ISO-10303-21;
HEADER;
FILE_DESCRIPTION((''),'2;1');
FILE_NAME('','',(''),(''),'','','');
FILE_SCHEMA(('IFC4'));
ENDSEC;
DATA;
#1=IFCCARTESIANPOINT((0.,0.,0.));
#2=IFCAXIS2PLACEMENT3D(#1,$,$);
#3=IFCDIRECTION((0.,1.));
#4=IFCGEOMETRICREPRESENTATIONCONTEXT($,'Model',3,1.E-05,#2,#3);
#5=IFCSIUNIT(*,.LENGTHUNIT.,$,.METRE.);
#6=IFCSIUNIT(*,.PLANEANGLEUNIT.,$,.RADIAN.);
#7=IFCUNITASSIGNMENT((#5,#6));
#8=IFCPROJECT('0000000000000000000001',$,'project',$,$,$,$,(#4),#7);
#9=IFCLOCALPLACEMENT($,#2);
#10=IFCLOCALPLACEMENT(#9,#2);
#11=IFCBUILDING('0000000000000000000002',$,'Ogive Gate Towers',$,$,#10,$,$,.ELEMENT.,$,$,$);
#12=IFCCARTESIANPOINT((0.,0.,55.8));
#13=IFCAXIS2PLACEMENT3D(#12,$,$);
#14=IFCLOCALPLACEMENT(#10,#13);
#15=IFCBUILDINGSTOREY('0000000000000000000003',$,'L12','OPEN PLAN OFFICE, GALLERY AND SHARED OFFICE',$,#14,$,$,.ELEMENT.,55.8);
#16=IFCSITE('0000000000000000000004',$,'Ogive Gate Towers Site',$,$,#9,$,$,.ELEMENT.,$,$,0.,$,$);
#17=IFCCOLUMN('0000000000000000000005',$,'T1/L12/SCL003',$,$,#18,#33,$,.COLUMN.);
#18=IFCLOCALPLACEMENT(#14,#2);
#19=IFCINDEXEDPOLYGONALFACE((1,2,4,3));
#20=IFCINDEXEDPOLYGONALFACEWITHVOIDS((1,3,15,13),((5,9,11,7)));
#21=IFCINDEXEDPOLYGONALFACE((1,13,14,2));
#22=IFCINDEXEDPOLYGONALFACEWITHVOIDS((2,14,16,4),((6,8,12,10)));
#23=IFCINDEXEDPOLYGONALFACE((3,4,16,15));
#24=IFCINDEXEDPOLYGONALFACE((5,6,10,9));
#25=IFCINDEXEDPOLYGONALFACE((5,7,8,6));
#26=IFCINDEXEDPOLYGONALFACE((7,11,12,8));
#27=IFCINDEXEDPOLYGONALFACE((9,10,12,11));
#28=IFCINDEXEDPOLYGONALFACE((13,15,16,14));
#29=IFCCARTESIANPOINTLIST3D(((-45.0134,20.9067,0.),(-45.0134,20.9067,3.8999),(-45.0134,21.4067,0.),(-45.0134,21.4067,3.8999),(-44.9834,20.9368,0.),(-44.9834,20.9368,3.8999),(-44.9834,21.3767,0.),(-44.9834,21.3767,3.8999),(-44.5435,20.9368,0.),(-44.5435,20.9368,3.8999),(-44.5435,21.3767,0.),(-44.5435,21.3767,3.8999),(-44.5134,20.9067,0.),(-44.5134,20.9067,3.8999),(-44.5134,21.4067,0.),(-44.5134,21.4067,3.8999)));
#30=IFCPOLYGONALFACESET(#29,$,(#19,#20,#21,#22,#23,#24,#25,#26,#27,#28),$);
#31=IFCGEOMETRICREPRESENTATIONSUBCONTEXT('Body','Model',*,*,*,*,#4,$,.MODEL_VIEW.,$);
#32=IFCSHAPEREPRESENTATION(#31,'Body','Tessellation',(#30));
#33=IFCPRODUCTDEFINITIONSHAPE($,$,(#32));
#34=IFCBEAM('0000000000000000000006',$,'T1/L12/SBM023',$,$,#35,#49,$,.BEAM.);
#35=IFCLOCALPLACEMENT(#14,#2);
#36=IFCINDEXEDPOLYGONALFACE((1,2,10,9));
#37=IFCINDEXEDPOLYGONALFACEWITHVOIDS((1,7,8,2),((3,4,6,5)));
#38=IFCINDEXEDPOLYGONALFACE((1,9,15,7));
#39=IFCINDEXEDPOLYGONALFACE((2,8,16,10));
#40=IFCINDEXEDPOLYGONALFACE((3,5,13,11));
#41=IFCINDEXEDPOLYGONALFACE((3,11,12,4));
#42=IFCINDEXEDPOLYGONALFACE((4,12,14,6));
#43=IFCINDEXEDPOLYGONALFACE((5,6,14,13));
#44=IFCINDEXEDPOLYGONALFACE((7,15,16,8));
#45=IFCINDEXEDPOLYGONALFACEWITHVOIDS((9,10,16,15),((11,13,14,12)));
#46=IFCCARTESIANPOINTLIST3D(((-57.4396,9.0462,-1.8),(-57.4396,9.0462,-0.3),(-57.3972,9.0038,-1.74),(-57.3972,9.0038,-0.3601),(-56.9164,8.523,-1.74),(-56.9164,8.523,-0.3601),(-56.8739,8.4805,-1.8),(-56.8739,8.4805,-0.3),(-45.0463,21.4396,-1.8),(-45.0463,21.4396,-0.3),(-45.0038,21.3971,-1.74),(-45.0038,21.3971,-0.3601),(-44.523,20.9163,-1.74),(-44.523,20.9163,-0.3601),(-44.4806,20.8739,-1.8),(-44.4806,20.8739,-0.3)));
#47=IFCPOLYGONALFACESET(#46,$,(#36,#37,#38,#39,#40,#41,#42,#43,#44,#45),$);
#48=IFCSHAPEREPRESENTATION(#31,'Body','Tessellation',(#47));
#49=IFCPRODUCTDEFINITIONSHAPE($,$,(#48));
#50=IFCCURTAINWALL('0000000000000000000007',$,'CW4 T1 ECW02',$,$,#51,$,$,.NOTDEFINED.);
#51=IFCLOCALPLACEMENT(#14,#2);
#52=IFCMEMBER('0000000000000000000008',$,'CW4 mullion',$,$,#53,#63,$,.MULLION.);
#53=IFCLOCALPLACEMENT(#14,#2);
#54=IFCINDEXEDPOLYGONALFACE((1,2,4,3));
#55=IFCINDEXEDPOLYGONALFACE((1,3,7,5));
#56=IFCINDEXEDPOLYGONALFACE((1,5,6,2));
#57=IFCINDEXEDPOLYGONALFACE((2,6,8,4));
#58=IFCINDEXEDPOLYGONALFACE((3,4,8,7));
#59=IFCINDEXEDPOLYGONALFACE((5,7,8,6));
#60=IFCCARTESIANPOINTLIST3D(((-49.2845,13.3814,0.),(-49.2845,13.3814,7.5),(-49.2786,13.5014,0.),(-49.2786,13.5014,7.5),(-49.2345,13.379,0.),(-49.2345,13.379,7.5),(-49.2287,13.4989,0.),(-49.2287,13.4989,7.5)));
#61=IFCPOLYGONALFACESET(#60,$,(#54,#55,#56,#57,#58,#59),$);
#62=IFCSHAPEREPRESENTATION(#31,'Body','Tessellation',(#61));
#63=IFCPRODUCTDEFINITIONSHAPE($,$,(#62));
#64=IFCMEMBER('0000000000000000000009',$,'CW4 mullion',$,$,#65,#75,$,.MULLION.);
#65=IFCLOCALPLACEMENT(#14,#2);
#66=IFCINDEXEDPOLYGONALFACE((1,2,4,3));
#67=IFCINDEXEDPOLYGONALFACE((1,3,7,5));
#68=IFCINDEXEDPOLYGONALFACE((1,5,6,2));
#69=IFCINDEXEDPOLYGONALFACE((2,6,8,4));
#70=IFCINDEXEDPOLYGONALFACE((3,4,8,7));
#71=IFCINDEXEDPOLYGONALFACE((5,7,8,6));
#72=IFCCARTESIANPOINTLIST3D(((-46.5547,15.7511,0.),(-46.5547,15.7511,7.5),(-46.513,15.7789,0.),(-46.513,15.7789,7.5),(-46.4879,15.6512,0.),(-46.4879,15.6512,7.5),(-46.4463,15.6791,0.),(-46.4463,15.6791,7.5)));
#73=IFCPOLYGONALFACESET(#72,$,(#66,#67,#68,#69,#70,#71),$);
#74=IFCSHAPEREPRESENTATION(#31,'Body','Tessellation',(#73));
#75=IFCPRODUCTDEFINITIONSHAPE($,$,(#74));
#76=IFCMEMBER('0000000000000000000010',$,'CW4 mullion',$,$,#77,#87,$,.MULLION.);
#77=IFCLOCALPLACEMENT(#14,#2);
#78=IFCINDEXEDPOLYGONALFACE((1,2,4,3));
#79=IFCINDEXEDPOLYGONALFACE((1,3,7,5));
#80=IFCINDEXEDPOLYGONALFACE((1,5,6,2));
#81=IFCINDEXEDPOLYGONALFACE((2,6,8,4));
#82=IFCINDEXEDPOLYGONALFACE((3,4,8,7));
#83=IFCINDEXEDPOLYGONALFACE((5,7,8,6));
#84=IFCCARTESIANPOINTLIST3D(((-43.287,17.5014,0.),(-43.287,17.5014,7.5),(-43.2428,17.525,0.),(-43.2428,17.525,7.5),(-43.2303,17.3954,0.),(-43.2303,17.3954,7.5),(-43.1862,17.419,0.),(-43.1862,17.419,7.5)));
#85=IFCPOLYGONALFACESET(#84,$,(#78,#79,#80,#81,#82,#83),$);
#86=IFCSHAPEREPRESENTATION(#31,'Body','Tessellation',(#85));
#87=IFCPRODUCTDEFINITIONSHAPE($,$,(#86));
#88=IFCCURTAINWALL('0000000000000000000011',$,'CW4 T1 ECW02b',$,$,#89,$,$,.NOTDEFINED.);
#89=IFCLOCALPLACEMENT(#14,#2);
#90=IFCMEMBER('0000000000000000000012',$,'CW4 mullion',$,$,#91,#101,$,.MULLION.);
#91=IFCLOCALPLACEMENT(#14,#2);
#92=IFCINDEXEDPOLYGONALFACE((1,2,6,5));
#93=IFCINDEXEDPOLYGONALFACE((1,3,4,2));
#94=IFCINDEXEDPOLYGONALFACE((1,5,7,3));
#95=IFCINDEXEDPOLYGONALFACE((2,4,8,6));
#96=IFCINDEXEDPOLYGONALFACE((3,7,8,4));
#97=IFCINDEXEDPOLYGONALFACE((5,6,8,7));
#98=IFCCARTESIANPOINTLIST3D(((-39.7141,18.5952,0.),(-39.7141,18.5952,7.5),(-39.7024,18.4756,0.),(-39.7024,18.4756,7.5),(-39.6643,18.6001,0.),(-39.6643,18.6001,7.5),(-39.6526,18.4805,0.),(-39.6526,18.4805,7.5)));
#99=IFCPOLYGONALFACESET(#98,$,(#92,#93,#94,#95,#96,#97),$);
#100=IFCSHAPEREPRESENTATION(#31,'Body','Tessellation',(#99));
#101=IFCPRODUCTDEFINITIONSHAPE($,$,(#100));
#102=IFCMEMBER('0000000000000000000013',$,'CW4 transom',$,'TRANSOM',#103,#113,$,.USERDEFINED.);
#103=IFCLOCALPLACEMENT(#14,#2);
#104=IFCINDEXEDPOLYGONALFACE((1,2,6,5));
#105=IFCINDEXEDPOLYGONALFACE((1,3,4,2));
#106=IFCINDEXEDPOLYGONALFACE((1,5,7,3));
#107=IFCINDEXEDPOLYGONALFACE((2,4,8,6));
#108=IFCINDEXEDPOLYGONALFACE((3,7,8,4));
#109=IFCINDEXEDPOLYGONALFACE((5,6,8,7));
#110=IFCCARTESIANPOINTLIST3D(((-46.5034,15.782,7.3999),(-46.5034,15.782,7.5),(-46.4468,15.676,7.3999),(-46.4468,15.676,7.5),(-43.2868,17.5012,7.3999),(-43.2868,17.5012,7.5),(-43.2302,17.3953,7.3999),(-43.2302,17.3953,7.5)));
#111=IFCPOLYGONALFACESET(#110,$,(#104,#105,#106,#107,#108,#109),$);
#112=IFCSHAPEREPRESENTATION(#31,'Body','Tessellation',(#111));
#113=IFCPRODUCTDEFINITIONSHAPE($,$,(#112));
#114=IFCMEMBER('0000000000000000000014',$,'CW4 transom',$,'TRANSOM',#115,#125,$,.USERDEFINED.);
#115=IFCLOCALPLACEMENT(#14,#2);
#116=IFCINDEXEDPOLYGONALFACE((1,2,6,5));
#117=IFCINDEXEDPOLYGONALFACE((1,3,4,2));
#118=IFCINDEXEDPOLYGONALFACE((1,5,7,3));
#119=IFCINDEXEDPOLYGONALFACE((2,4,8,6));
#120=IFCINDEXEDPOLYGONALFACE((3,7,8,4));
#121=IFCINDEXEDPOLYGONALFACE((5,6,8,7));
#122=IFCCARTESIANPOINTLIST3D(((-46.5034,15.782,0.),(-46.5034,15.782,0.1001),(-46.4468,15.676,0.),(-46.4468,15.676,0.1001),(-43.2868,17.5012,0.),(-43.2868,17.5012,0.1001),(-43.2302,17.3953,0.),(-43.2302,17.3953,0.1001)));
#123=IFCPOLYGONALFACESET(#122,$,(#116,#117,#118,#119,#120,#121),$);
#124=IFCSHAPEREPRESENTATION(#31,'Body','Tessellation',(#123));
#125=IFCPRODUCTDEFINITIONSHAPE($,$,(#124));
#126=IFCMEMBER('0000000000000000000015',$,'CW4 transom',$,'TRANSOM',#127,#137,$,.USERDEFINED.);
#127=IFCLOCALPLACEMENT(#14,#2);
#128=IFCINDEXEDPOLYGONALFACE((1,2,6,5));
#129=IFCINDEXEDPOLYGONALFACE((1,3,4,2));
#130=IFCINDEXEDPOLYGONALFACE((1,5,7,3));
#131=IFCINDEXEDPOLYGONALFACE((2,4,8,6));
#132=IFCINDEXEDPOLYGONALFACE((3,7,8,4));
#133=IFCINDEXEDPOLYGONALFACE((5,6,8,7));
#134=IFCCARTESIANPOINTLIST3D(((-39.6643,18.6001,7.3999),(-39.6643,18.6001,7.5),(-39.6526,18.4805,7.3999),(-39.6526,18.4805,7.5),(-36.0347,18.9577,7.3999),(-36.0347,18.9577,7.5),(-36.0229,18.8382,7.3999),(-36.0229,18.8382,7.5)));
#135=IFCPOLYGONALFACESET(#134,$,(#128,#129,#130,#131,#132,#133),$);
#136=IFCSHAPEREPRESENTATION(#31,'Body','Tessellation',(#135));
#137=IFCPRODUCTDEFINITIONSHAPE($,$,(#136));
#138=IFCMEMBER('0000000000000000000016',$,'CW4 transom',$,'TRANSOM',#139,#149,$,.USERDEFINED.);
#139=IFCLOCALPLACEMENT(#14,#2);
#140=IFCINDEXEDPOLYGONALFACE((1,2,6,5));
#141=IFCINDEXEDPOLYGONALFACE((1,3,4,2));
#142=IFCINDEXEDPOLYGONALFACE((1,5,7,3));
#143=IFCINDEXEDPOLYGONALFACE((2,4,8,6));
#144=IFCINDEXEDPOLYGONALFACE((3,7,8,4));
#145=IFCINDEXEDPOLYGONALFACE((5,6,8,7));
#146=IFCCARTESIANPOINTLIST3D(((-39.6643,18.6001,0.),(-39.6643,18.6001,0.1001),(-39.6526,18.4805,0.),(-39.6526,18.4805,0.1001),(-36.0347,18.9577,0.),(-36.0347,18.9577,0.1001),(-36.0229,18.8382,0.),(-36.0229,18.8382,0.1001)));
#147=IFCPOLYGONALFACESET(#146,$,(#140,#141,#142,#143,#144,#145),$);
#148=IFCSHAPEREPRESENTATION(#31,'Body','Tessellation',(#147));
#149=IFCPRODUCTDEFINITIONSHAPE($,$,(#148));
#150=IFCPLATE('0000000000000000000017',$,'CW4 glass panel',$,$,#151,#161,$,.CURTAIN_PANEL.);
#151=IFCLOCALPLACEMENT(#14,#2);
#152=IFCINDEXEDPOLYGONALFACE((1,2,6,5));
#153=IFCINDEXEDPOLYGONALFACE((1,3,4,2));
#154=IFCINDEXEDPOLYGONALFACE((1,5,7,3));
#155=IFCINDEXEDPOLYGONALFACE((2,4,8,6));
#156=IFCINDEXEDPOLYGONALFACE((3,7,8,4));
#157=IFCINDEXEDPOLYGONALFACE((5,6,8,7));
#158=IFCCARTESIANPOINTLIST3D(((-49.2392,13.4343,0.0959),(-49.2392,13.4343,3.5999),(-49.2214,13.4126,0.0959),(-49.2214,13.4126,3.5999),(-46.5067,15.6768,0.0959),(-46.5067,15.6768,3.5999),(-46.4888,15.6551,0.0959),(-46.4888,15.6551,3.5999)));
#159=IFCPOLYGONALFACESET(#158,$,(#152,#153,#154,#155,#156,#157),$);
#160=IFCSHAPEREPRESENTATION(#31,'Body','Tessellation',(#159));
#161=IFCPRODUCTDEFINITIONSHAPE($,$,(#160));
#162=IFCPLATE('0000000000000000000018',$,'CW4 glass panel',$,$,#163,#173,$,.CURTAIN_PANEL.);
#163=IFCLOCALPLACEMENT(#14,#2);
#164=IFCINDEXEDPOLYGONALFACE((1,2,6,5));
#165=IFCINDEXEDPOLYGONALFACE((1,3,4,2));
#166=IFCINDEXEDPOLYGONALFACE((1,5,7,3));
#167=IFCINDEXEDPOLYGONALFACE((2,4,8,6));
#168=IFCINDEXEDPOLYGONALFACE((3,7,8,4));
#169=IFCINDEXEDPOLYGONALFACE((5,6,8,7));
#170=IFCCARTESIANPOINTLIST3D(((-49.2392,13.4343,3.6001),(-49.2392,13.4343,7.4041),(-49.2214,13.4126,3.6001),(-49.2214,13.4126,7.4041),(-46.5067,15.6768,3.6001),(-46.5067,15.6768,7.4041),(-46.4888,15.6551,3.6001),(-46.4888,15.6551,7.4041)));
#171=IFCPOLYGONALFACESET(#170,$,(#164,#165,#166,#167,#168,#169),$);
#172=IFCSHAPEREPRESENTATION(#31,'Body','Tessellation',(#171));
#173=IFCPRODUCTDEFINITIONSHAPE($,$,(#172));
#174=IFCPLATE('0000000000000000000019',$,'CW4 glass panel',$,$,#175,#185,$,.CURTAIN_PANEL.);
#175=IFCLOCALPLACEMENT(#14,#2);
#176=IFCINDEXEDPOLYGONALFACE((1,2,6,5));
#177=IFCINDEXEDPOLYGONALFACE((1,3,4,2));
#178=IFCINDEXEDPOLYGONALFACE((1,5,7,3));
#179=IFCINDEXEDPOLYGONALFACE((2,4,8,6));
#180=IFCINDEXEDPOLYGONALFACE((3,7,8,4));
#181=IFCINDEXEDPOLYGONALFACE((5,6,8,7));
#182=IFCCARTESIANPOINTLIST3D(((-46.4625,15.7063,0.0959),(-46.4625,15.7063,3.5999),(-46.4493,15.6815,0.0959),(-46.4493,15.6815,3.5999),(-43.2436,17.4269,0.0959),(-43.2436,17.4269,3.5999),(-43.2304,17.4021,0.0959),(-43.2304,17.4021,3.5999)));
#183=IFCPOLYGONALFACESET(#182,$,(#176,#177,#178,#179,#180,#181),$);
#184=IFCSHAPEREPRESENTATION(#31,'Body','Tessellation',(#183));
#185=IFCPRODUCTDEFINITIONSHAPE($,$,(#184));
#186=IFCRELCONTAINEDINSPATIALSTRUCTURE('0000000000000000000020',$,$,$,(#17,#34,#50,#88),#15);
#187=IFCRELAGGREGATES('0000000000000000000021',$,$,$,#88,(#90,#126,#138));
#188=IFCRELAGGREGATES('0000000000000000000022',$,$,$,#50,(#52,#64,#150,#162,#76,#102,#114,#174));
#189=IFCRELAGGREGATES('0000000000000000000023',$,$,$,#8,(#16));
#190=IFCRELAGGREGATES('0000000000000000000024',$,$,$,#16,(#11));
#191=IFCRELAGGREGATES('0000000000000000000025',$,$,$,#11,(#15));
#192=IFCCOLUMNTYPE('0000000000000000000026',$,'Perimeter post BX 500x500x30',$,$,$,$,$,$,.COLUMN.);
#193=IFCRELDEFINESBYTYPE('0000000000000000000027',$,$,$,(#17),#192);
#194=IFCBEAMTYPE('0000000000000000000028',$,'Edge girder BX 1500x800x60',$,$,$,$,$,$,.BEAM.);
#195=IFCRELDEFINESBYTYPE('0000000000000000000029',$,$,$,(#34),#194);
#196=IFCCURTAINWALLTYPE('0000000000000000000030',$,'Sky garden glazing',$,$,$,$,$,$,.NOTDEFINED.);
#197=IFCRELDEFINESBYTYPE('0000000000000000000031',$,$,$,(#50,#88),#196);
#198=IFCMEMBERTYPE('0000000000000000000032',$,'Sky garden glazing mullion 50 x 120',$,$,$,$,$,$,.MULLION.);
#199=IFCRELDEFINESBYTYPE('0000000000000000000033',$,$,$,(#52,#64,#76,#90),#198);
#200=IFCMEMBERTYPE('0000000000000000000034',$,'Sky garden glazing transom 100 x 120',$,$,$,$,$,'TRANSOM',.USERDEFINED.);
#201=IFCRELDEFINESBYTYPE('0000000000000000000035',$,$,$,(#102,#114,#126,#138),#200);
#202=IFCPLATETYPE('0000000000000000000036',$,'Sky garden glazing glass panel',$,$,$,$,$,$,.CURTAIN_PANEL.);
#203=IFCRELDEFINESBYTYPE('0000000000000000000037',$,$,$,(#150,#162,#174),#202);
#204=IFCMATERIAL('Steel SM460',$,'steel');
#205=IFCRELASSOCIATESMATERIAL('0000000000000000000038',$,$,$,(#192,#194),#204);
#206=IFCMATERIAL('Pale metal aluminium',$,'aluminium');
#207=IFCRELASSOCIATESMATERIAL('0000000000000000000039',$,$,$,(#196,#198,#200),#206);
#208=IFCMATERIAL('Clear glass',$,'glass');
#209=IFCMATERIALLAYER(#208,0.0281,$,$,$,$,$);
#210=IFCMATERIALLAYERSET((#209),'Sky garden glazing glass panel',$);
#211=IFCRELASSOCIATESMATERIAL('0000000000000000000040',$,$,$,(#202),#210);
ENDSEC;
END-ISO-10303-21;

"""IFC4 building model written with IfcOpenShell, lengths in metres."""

from ifc_helpers import new_model, si_unit, direction, frame, origin, origin_2d, place, context, subcontext, project, spatial, rectangle, hollow_rectangle, extrude, material, layer, layer_set, material_profile, profile_set, type_object, element, aggregate, save


model = new_model("IFC4")

# Units and contexts
model_context = context("Model", 3, precision=1e-05, world=origin(), true_north=direction((0.0, 1.0)))
body_context = subcontext(model_context, "Body", "Model", "MODEL_VIEW")
ifc_project = project(units=[si_unit("LENGTHUNIT", "METRE"), si_unit("PLANEANGLEUNIT", "RADIAN")], contexts=[model_context])

# Site, building, storey
site_placement = place(None, origin())
site = spatial("IfcSite", under=ifc_project, at=site_placement, Name="Ogive Gate Towers Site", CompositionType="ELEMENT", RefElevation=0.0)
building_placement = place(site_placement, origin())
building = spatial("IfcBuilding", under=site, at=building_placement, Name="Ogive Gate Towers", CompositionType="ELEMENT")
storey_placement = place(building_placement, frame((0.0, 0.0, 55.8)))
storey = spatial("IfcBuildingStorey", under=building, at=storey_placement, Name="L12", Description="OPEN PLAN OFFICE, GALLERY AND SHARED OFFICE", CompositionType="ELEMENT", Elevation=55.8)

# Column
ifc_material_1 = material(Name="Steel SM460", Category="steel")
ifc_material_profile_1 = material_profile(ifc_material_1, hollow_rectangle(XDim=0.5, YDim=0.5, WallThickness=0.03, at=origin_2d()), Name="BX 500x500x30")
ifc_profile_set_1 = profile_set([ifc_material_profile_1], Name="Steel SM460")
column_type = type_object("IfcColumnType", Name="Perimeter post BX 500x500x30", PredefinedType="COLUMN", material=ifc_profile_set_1)
column_placement = place(storey_placement, frame((-44.7634, 21.1567, 0.0), z_axis=(0.0, 0.0, 1.0), x_axis=(1.0, 0.0, 0.0)))
element("IfcColumn", 1, at=column_placement, inside=storey, type_object=column_type, Name="T1/L12/SCL003", PredefinedType="COLUMN", context=body_context, shape_type="SweptSolid", body=[
    extrude(hollow_rectangle(XDim=0.5, YDim=0.5, WallThickness=0.03, at=origin_2d()), origin(), (0.0, 0.0, 1.0), 3.8999),
])

# Beam
ifc_material_profile_2 = material_profile(ifc_material_1, hollow_rectangle(XDim=0.8, YDim=1.5, WallThickness=0.0601, at=origin_2d()), Name="BX 1500x800x60")
ifc_profile_set_2 = profile_set([ifc_material_profile_2], Name="Steel SM460")
beam_type = type_object("IfcBeamType", Name="Edge girder BX 1500x800x60", PredefinedType="BEAM", material=ifc_profile_set_2)
beam_placement = place(storey_placement, frame((-44.7634, 21.1567, -1.05), z_axis=(-0.707107, -0.707107, 0.0), x_axis=(0.707107, -0.707107, 0.0)))
element("IfcBeam", 2, at=beam_placement, inside=storey, type_object=beam_type, Name="T1/L12/SBM023", PredefinedType="BEAM", context=body_context, shape_type="SweptSolid", body=[
    extrude(hollow_rectangle(XDim=0.8, YDim=1.5, WallThickness=0.0601, at=origin_2d()), origin(), (0.0, 0.0, 1.0), 17.5269),
])

# Curtain wall, members
ifc_material_2 = material(Name="Pale metal aluminium", Category="aluminium")
curtain_wall_type = type_object("IfcCurtainWallType", Name="Sky garden glazing", PredefinedType="NOTDEFINED", material=ifc_material_2)
curtain_wall_1_placement = place(storey_placement, origin())
curtain_wall_1 = element("IfcCurtainWall", 3, at=curtain_wall_1_placement, inside=storey, type_object=curtain_wall_type, Name="CW4 T1 ECW02", PredefinedType="NOTDEFINED")
ifc_material_profile_3 = material_profile(ifc_material_2, rectangle(XDim=0.1201, YDim=0.05, at=origin_2d()), Name="50 x 120 aluminium box")
ifc_profile_set_3 = profile_set([ifc_material_profile_3], Name="Pale metal aluminium")
member_type_1 = type_object("IfcMemberType", Name="Sky garden glazing mullion 50 x 120", PredefinedType="MULLION", material=ifc_profile_set_3)
member_1_placement = place(storey_placement, frame((-49.2566, 13.4402, 0.0), z_axis=(0.0, 0.0, 1.0), x_axis=(-0.049076, -0.998795, 0.0)))
member_1 = element("IfcMember", 4, at=member_1_placement, type_object=member_type_1, Name="CW4 mullion", PredefinedType="MULLION", context=body_context, shape_type="SweptSolid", body=[
    extrude(rectangle(XDim=0.1201, YDim=0.05, at=origin_2d()), origin(), (0.0, 0.0, 1.0), 7.5),
])
member_2_placement = place(storey_placement, frame((-46.5005, 15.7151, 0.0), z_axis=(0.0, 0.0, 1.0), x_axis=(0.55557, -0.83147, 0.0)))
member_2 = element("IfcMember", 5, at=member_2_placement, type_object=member_type_1, Name="CW4 mullion", PredefinedType="MULLION", context=body_context, shape_type="SweptSolid", body=[
    extrude(rectangle(XDim=0.1201, YDim=0.05, at=origin_2d()), origin(), (0.0, 0.0, 1.0), 7.5),
])
member_3_placement = place(storey_placement, frame((-43.2366, 17.4602, 0.0), z_axis=(0.0, 0.0, 1.0), x_axis=(0.471397, -0.881921, 0.0)))
member_3 = element("IfcMember", 6, at=member_3_placement, type_object=member_type_1, Name="CW4 mullion", PredefinedType="MULLION", context=body_context, shape_type="SweptSolid", body=[
    extrude(rectangle(XDim=0.1201, YDim=0.05, at=origin_2d()), origin(), (0.0, 0.0, 1.0), 7.5),
])

# Curtain wall, member
curtain_wall_2_placement = place(storey_placement, origin())
curtain_wall_2 = element("IfcCurtainWall", 7, at=curtain_wall_2_placement, inside=storey, type_object=curtain_wall_type, Name="CW4 T1 ECW02b", PredefinedType="NOTDEFINED")
member_4_placement = place(storey_placement, frame((-39.6833, 18.5378, 0.0), z_axis=(0.0, 0.0, 1.0), x_axis=(0.098017, -0.995185, 0.0)))
member_4 = element("IfcMember", 8, at=member_4_placement, type_object=member_type_1, Name="CW4 mullion", PredefinedType="MULLION", context=body_context, shape_type="SweptSolid", body=[
    extrude(rectangle(XDim=0.1201, YDim=0.05, at=origin_2d()), origin(), (0.0, 0.0, 1.0), 7.5),
])

# Members
ifc_material_profile_4 = material_profile(ifc_material_2, rectangle(XDim=0.1201, YDim=0.1001, at=origin_2d()), Name="100 x 120 aluminium box")
ifc_profile_set_4 = profile_set([ifc_material_profile_4], Name="Pale metal aluminium")
member_type_2 = type_object("IfcMemberType", Name="Sky garden glazing transom 100 x 120", ElementType="TRANSOM", PredefinedType="USERDEFINED", material=ifc_profile_set_4)
member_5_placement = place(storey_placement, frame((-46.4751, 15.729, 7.45), z_axis=(0.881926, 0.471387, 0.0), x_axis=(-0.471387, 0.881926, 0.0)))
member_5 = element("IfcMember", 9, at=member_5_placement, type_object=member_type_2, Name="CW4 transom", ObjectType="TRANSOM", PredefinedType="USERDEFINED", context=body_context, shape_type="SweptSolid", body=[
    extrude(rectangle(XDim=0.1201, YDim=0.1001, at=origin_2d()), origin(), (0.0, 0.0, 1.0), 3.6472),
])
member_6_placement = place(storey_placement, frame((-46.4751, 15.729, 0.05), z_axis=(0.881926, 0.471387, 0.0), x_axis=(-0.471387, 0.881926, 0.0)))
member_6 = element("IfcMember", 10, at=member_6_placement, type_object=member_type_2, Name="CW4 transom", ObjectType="TRANSOM", PredefinedType="USERDEFINED", context=body_context, shape_type="SweptSolid", body=[
    extrude(rectangle(XDim=0.1201, YDim=0.1001, at=origin_2d()), origin(), (0.0, 0.0, 1.0), 3.6472),
])
member_7_placement = place(storey_placement, frame((-39.6584, 18.5403, 7.45), z_axis=(0.99518, 0.098065, 0.0), x_axis=(-0.098065, 0.99518, 0.0)))
member_7 = element("IfcMember", 11, at=member_7_placement, type_object=member_type_2, Name="CW4 transom", ObjectType="TRANSOM", PredefinedType="USERDEFINED", context=body_context, shape_type="SweptSolid", body=[
    extrude(rectangle(XDim=0.1201, YDim=0.1001, at=origin_2d()), origin(), (0.0, 0.0, 1.0), 3.6472),
])
member_8_placement = place(storey_placement, frame((-39.6584, 18.5403, 0.05), z_axis=(0.99518, 0.098065, 0.0), x_axis=(-0.098065, 0.99518, 0.0)))
member_8 = element("IfcMember", 12, at=member_8_placement, type_object=member_type_2, Name="CW4 transom", ObjectType="TRANSOM", PredefinedType="USERDEFINED", context=body_context, shape_type="SweptSolid", body=[
    extrude(rectangle(XDim=0.1201, YDim=0.1001, at=origin_2d()), origin(), (0.0, 0.0, 1.0), 3.6472),
])
aggregate(curtain_wall_2, [member_4, member_7, member_8])

# Plates
ifc_material_3 = material(Name="Clear glass", Category="glass")
ifc_layer_1 = layer(ifc_material_3, 0.0281)
ifc_layer_set_1 = layer_set([ifc_layer_1], Name="Sky garden glazing glass panel")
plate_type = type_object("IfcPlateType", Name="Sky garden glazing glass panel", PredefinedType="CURTAIN_PANEL", material=ifc_layer_set_1)
plate_1_placement = place(storey_placement, frame((-47.864, 14.5447, 0.0959), z_axis=(0.0, 0.0, 1.0), x_axis=(0.77301, 0.634393, 0.0)))
plate_1 = element("IfcPlate", 13, at=plate_1_placement, type_object=plate_type, Name="CW4 glass panel", PredefinedType="CURTAIN_PANEL", context=body_context, shape_type="SweptSolid", body=[
    extrude(rectangle(XDim=3.5349, YDim=0.0281, at=origin_2d()), origin(), (0.0, 0.0, 1.0), 3.5039),
])
plate_2_placement = place(storey_placement, frame((-47.864, 14.5447, 3.6001), z_axis=(0.0, 0.0, 1.0), x_axis=(0.77301, 0.634393, 0.0)))
plate_2 = element("IfcPlate", 14, at=plate_2_placement, type_object=plate_type, Name="CW4 glass panel", PredefinedType="CURTAIN_PANEL", context=body_context, shape_type="SweptSolid", body=[
    extrude(rectangle(XDim=3.5349, YDim=0.0281, at=origin_2d()), origin(), (0.0, 0.0, 1.0), 3.804),
])
plate_3_placement = place(storey_placement, frame((-44.8464, 16.5542, 0.0959), z_axis=(0.0, 0.0, 1.0), x_axis=(0.881921, 0.471397, 0.0)))
plate_3 = element("IfcPlate", 15, at=plate_3_placement, type_object=plate_type, Name="CW4 glass panel", PredefinedType="CURTAIN_PANEL", context=body_context, shape_type="SweptSolid", body=[
    extrude(rectangle(XDim=3.6499, YDim=0.0281, at=origin_2d()), origin(), (0.0, 0.0, 1.0), 3.5039),
])
aggregate(curtain_wall_1, [member_1, member_2, plate_1, plate_2, member_3, member_5, member_6, plate_3])

save(model, "model.ifc")
